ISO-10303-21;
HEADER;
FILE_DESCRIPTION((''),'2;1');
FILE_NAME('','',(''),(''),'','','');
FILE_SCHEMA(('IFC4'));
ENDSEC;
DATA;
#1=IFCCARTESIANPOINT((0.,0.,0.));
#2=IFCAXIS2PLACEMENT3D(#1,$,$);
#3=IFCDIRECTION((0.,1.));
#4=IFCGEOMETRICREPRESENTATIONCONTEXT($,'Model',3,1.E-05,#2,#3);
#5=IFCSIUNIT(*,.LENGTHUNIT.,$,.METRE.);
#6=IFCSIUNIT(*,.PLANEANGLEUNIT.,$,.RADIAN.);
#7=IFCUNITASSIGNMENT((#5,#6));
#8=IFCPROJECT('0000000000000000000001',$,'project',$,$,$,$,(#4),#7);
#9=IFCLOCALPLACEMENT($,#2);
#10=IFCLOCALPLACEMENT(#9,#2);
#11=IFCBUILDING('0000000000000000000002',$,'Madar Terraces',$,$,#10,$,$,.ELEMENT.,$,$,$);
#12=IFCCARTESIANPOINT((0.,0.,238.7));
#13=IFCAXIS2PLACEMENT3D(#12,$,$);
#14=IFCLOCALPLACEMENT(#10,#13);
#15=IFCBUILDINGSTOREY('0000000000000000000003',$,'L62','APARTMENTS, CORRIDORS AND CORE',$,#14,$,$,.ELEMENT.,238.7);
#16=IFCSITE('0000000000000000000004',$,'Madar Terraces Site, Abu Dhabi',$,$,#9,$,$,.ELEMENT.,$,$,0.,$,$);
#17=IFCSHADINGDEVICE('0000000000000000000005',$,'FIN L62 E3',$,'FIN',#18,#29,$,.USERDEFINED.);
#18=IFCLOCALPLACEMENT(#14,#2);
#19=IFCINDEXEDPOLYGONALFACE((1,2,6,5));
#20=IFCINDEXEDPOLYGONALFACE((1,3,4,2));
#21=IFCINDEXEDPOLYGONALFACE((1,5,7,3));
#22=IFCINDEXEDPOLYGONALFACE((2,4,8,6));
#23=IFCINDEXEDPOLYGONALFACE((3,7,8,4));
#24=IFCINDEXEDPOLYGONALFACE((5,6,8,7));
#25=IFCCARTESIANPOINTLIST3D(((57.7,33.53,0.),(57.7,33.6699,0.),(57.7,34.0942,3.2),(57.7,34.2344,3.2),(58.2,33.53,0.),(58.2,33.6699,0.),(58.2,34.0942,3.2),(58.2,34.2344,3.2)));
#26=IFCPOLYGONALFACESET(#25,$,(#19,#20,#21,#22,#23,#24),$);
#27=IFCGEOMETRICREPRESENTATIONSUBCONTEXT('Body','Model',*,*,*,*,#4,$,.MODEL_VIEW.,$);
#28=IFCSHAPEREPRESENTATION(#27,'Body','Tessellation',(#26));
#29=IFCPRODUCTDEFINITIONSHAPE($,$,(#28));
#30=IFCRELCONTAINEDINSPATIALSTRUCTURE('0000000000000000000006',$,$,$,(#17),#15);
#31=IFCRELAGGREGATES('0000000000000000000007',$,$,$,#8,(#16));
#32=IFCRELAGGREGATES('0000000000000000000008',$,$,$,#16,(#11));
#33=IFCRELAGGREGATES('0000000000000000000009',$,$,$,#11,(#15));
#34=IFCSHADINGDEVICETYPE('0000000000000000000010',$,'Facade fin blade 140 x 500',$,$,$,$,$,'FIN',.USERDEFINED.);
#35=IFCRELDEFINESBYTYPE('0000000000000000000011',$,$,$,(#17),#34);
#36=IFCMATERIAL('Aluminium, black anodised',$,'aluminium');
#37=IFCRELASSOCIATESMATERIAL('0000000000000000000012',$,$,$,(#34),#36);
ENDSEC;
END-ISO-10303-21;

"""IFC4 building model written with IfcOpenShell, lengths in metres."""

from ifc_helpers import new_model, si_unit, direction, frame, origin, place, context, subcontext, project, spatial, polyline, outline, extrude, material, type_object, element, save


model = new_model("IFC4")

# Units and contexts
model_context = context("Model", 3, precision=1e-05, world=origin(), true_north=direction((0.0, 1.0)))
body_context = subcontext(model_context, "Body", "Model", "MODEL_VIEW")
ifc_project = project(units=[si_unit("LENGTHUNIT", "METRE"), si_unit("PLANEANGLEUNIT", "RADIAN")], contexts=[model_context])

# Site, building, storey
site_placement = place(None, origin())
site = spatial("IfcSite", under=ifc_project, at=site_placement, Name="Madar Terraces Site, Abu Dhabi", CompositionType="ELEMENT", RefElevation=0.0)
building_placement = place(site_placement, origin())
building = spatial("IfcBuilding", under=site, at=building_placement, Name="Madar Terraces", CompositionType="ELEMENT")
storey_placement = place(building_placement, frame((0.0, 0.0, 238.7)))
storey = spatial("IfcBuildingStorey", under=building, at=storey_placement, Name="L62", Description="APARTMENTS, CORRIDORS AND CORE", CompositionType="ELEMENT", Elevation=238.7)

# Shading device
ifc_material_1 = material(Name="Aluminium, black anodised", Category="aluminium")
shading_device_type = type_object("IfcShadingDeviceType", Name="Facade fin blade 140 x 500", ElementType="FIN", PredefinedType="USERDEFINED", material=ifc_material_1)
shading_device_placement = place(storey_placement, frame((57.95, 33.53, 0.0), z_axis=(0.0, 0.0, 1.0), x_axis=(0.0, 1.0, 0.0)))
element("IfcShadingDevice", 1, at=shading_device_placement, inside=storey, type_object=shading_device_type, Name="FIN L62 E3", ObjectType="FIN", PredefinedType="USERDEFINED", context=body_context, shape_type="SweptSolid", body=[
    extrude(outline(polyline([(0.0, 0.0), (0.1399, 0.0), (0.7043, 3.2), (0.5642, 3.2), (0.0, 0.0)])), frame((0.0, 0.25, 0.0), z_axis=(0.0, -1.0, 0.0), x_axis=(1.0, 0.0, 0.0)), (0.0, 0.0, 1.0), 0.5),
])

save(model, "model.ifc")
